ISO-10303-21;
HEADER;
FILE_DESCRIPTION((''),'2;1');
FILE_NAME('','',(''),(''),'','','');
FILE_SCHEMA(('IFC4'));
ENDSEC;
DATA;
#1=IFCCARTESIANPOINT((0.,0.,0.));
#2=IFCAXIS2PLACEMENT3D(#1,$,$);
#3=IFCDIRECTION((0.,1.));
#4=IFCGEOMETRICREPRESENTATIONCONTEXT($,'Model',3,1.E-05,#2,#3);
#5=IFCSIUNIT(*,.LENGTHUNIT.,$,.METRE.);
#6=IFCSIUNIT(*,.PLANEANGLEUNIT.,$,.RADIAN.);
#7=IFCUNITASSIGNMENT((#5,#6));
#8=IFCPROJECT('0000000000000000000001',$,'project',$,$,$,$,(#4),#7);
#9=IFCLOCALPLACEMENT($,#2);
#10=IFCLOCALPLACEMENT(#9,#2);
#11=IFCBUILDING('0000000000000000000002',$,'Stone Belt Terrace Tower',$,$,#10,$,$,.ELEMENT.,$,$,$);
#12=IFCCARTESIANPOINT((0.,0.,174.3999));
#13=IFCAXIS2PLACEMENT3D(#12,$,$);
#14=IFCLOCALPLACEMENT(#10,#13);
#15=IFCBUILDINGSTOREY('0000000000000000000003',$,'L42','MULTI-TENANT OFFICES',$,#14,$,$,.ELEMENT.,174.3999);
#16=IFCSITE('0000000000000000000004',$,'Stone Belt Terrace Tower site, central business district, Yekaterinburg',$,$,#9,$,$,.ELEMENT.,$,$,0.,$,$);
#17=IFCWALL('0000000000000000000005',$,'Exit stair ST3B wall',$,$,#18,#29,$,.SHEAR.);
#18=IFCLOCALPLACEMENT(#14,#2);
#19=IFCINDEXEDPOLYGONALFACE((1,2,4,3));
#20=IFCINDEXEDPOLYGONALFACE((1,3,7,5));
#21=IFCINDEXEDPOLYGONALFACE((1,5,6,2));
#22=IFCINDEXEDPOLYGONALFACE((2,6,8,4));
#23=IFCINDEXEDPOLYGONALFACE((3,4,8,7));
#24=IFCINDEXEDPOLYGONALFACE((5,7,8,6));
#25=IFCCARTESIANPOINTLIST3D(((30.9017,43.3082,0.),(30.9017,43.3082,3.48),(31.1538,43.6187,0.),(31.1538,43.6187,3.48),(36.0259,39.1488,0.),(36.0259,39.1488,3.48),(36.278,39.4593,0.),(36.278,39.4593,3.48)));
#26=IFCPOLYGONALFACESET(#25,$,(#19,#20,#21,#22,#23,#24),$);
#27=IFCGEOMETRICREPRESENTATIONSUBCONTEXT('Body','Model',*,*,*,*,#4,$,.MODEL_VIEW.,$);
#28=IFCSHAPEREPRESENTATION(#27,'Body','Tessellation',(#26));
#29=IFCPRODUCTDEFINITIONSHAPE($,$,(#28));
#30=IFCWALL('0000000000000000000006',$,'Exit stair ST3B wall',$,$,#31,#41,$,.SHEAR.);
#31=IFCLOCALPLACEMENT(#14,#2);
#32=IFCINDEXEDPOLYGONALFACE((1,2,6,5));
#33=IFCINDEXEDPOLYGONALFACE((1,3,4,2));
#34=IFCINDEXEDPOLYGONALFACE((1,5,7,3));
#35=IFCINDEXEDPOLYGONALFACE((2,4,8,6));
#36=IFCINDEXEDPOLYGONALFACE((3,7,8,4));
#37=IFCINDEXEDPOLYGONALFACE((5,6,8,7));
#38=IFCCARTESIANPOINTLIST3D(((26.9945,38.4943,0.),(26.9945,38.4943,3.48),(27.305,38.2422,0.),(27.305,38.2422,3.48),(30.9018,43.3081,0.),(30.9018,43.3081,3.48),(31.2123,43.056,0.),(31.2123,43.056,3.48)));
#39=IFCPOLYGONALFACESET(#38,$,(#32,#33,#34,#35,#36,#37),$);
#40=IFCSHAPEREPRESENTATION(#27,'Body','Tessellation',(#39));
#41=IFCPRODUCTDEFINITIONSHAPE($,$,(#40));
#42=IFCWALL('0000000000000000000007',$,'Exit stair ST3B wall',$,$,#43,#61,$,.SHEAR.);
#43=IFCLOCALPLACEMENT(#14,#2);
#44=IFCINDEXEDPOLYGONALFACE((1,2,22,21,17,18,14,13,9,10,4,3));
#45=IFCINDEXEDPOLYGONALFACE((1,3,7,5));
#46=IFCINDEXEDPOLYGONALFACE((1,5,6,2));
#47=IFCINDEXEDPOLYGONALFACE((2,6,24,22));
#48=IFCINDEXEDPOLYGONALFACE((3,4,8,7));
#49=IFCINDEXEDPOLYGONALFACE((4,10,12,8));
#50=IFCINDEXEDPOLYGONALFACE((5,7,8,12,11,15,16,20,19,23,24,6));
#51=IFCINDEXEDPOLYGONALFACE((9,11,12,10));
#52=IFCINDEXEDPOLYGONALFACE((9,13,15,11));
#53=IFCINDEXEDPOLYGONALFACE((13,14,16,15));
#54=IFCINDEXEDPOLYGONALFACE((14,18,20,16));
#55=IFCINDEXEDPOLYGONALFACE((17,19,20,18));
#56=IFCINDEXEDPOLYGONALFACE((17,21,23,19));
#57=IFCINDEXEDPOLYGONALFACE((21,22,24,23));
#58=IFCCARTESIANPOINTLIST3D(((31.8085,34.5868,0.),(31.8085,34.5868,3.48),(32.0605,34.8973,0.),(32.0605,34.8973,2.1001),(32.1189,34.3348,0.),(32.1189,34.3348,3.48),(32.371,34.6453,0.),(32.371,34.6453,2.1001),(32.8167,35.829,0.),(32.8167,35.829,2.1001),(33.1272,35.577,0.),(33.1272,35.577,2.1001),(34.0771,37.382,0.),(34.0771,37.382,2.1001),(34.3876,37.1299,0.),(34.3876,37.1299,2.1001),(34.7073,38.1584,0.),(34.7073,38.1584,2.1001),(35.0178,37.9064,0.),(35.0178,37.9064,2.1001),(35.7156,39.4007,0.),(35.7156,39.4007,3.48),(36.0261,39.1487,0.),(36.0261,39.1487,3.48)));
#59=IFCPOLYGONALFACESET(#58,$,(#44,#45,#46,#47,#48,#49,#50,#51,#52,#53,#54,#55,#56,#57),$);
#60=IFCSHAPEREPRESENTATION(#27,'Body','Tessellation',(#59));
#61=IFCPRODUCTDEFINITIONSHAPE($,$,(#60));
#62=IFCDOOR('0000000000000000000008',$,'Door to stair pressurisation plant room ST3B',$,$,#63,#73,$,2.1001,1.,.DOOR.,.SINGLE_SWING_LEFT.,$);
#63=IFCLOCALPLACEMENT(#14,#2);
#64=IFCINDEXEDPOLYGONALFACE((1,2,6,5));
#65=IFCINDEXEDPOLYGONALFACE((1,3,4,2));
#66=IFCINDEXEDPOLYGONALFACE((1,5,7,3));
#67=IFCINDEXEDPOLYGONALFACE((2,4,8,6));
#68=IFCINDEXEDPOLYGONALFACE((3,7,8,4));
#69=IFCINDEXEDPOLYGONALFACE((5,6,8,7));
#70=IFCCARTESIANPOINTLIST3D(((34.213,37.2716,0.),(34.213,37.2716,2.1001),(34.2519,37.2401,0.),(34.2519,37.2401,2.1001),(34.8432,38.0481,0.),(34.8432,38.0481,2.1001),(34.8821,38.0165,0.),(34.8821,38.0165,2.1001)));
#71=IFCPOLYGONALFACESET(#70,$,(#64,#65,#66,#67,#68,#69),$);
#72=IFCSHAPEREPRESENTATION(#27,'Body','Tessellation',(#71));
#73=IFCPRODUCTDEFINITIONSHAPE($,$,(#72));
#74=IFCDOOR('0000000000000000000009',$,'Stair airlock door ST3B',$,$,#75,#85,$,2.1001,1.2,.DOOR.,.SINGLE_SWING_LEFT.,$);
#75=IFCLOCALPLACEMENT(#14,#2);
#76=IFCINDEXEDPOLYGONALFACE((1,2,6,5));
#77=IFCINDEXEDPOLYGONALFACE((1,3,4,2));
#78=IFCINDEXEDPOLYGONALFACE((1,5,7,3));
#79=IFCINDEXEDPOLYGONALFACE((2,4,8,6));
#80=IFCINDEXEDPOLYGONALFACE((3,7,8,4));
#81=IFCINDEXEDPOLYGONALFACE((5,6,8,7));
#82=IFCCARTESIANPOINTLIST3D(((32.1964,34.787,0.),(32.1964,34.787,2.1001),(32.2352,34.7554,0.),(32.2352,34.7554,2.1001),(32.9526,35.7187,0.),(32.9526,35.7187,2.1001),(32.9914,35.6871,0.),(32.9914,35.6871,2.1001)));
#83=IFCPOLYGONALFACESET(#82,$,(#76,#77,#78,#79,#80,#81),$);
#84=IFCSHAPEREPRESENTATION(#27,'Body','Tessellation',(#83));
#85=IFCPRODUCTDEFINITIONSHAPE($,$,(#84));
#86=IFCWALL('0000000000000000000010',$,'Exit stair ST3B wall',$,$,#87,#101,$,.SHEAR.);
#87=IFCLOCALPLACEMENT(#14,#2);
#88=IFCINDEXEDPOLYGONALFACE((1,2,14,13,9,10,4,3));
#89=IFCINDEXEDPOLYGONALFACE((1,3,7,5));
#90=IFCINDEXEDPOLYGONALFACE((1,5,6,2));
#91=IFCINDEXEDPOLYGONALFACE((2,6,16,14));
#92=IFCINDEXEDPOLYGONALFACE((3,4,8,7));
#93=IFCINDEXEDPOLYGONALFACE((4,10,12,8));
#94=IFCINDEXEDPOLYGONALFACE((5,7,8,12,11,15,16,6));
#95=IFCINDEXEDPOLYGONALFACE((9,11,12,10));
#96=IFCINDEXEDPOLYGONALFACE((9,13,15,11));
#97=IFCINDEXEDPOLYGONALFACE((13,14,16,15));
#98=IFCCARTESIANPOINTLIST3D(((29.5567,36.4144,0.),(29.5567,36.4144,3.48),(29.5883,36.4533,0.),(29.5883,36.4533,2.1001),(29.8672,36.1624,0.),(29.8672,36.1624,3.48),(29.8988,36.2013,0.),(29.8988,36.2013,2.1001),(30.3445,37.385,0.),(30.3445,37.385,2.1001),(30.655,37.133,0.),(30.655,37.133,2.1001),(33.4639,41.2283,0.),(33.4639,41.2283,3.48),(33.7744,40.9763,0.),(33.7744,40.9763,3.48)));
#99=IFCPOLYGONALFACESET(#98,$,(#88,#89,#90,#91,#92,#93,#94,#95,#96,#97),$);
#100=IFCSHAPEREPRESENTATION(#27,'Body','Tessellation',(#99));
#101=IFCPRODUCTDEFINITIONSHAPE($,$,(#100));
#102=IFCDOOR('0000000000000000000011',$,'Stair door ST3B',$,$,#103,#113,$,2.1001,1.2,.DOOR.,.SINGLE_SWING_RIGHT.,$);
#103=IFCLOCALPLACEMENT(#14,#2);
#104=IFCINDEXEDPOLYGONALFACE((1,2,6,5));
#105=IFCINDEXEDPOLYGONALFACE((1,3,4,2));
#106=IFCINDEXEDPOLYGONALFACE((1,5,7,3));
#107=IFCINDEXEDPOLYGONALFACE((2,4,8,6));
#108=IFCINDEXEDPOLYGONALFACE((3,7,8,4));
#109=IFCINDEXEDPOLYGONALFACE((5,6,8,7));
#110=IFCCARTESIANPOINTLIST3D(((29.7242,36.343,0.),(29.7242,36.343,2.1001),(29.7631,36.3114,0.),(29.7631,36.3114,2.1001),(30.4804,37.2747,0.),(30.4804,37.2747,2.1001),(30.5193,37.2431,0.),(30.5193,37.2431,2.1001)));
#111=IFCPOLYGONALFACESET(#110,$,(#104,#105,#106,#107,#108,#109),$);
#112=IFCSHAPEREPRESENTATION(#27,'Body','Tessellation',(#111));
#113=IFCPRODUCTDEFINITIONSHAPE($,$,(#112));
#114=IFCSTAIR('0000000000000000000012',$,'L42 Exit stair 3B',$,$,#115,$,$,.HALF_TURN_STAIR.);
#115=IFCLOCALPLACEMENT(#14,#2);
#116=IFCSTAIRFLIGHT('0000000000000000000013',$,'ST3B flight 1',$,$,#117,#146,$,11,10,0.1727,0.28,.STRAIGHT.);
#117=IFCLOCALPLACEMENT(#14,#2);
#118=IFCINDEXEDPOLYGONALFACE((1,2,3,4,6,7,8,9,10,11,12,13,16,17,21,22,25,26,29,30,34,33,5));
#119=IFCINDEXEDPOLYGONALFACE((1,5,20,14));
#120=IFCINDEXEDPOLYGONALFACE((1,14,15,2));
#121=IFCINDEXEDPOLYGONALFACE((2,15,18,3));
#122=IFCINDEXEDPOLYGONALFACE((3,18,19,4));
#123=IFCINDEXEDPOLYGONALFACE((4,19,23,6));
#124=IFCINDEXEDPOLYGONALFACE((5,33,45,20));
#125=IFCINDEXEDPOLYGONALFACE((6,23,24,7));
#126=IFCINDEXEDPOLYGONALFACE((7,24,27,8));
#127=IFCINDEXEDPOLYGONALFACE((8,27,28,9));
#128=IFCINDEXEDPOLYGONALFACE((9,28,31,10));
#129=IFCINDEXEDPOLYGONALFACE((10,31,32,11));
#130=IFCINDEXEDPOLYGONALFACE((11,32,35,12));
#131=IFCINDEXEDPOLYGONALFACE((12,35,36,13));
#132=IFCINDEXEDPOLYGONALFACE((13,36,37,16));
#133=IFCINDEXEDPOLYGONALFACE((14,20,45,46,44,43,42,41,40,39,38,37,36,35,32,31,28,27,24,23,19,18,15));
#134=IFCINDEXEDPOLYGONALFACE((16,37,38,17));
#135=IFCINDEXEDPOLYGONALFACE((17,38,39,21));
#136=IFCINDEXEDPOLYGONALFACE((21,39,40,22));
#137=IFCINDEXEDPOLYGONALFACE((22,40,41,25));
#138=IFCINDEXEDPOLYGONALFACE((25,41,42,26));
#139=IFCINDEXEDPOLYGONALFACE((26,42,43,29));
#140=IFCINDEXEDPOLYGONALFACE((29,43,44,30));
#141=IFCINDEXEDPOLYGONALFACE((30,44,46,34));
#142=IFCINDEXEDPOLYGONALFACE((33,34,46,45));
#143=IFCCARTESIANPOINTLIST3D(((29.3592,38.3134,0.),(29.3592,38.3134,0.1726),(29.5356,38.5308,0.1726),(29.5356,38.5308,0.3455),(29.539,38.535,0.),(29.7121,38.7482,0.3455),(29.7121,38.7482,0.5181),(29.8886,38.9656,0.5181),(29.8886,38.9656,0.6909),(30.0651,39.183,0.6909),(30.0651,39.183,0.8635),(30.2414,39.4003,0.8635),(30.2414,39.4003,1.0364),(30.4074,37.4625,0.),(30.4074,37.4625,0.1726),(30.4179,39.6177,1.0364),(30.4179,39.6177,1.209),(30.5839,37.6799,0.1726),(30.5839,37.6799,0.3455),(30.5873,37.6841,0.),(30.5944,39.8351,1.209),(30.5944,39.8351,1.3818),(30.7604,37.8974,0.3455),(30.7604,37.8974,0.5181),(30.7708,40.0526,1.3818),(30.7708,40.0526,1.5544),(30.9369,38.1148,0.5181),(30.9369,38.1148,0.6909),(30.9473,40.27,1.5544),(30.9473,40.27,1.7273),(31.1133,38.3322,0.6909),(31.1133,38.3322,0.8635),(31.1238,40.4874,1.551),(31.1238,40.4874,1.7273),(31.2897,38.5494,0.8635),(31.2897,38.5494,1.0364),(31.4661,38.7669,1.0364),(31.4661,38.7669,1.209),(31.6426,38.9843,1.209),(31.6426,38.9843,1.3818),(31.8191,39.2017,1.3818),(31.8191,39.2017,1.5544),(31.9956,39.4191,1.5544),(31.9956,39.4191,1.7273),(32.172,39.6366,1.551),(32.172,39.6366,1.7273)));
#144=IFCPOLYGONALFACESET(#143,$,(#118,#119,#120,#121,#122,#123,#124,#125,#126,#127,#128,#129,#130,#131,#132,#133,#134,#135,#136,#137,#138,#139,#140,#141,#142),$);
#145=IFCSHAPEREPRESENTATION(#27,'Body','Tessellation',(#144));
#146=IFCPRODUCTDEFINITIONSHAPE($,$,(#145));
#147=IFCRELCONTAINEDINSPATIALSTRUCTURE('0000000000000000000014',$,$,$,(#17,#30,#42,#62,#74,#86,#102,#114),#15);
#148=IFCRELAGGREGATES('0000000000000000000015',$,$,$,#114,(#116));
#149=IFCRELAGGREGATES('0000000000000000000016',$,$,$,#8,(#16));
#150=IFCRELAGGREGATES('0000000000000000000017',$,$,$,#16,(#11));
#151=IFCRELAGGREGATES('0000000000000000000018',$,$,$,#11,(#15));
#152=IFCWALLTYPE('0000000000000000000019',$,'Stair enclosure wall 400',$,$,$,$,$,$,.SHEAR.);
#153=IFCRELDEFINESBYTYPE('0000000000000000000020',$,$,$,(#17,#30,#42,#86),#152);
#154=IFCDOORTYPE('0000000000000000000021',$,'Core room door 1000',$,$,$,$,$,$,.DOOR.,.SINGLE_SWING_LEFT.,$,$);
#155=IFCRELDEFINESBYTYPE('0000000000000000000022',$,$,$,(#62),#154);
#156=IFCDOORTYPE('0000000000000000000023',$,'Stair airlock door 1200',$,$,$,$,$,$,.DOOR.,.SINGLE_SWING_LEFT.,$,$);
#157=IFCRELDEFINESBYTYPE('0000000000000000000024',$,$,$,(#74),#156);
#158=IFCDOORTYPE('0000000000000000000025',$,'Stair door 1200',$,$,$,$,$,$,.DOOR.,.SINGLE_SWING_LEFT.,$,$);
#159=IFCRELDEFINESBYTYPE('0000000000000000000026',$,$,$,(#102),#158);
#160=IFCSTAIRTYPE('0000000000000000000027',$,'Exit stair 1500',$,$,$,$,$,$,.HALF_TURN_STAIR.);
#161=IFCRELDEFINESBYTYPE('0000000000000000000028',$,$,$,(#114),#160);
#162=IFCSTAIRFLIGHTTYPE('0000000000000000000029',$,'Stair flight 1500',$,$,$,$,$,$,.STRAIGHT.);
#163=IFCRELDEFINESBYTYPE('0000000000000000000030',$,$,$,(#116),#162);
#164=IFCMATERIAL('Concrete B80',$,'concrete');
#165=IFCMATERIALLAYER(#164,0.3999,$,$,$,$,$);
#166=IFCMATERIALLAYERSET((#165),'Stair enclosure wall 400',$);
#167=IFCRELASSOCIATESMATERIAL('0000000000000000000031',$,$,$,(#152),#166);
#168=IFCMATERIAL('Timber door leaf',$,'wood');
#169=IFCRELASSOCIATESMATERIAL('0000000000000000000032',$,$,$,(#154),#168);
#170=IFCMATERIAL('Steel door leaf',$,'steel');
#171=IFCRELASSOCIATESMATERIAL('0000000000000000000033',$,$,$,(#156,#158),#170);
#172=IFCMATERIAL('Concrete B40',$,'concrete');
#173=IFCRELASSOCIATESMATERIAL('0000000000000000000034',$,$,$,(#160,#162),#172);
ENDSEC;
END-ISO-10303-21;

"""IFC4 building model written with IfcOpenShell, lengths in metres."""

from ifc_helpers import new_model, si_unit, direction, frame, frame_2d, origin, place, context, subcontext, project, spatial, polyline, rectangle, outline, extrude, material, layer, layer_set, type_object, element, fill, aggregate, save


model = new_model("IFC4")

# Units and contexts
model_context = context("Model", 3, precision=1e-05, world=origin(), true_north=direction((0.0, 1.0)))
body_context = subcontext(model_context, "Body", "Model", "MODEL_VIEW")
ifc_project = project(units=[si_unit("LENGTHUNIT", "METRE"), si_unit("PLANEANGLEUNIT", "RADIAN")], contexts=[model_context])

# Site, building, storey
site_placement = place(None, origin())
site = spatial("IfcSite", under=ifc_project, at=site_placement, Name="Stone Belt Terrace Tower site, central business district, Yekaterinburg", CompositionType="ELEMENT", RefElevation=0.0)
building_placement = place(site_placement, origin())
building = spatial("IfcBuilding", under=site, at=building_placement, Name="Stone Belt Terrace Tower", CompositionType="ELEMENT")
storey_placement = place(building_placement, frame((0.0, 0.0, 174.3999)))
storey = spatial("IfcBuildingStorey", under=building, at=storey_placement, Name="L42", Description="MULTI-TENANT OFFICES", CompositionType="ELEMENT", Elevation=174.3999)

# Shared definitions
ifc_material_1 = material(Name="Concrete B80", Category="concrete")

# Walls
ifc_layer_1 = layer(ifc_material_1, 0.3999)
ifc_layer_set_1 = layer_set([ifc_layer_1], Name="Stair enclosure wall 400")
wall_type_1 = type_object("IfcWallType", Name="Stair enclosure wall 400", PredefinedType="SHEAR", material=ifc_layer_set_1)
wall_1_placement = place(storey_placement, frame((31.0278, 43.4634, 0.0), z_axis=(0.0, 0.0, 1.0), x_axis=(0.776414, -0.630224, 0.0)))
element("IfcWall", 1, at=wall_1_placement, inside=storey, type_object=wall_type_1, Name="Exit stair ST3B wall", PredefinedType="SHEAR", context=body_context, shape_type="SweptSolid", body=[
    extrude(rectangle(XDim=6.5999, YDim=0.3999, at=frame_2d((3.2998, 0.0))), origin(), (0.0, 0.0, 1.0), 3.48),
])
wall_2_placement = place(storey_placement, frame((27.1497, 38.3682, 0.0), z_axis=(0.0, 0.0, 1.0), x_axis=(0.630212, 0.776423, 0.0)))
element("IfcWall", 2, at=wall_2_placement, inside=storey, type_object=wall_type_1, Name="Exit stair ST3B wall", PredefinedType="SHEAR", context=body_context, shape_type="SweptSolid", body=[
    extrude(rectangle(XDim=6.2, YDim=0.3999, at=frame_2d((3.1001, 0.0))), origin(), (0.0, 0.0, 1.0), 3.48),
])

# Wall, openings, doors
wall_3_placement = place(storey_placement, frame((31.9636, 34.4607, 0.0), z_axis=(0.0, 0.0, 1.0), x_axis=(0.630192, 0.776439, 0.0)))
wall_3 = element("IfcWall", 3, at=wall_3_placement, inside=storey, type_object=wall_type_1, Name="Exit stair ST3B wall", PredefinedType="SHEAR", context=body_context, shape_type="SweptSolid", body=[
    extrude(rectangle(XDim=6.2, YDim=0.3999, at=frame_2d((3.1001, 0.0))), origin(), (0.0, 0.0, 1.0), 3.48),
])
opening_1_placement = place(wall_3_placement, frame((0.3999, 0.0, 0.0)))
opening_1 = element("IfcOpeningElement", 4, at=opening_1_placement, cuts=wall_3, PredefinedType="OPENING", context=body_context, shape_type="SweptSolid", body=[
    extrude(rectangle(XDim=1.2, YDim=2.1001, at=frame_2d((0.6001, 1.05))), frame((0.0, 0.21, 0.0), z_axis=(0.0, -1.0, 0.0), x_axis=(1.0, 0.0, 0.0)), (0.0, 0.0, 1.0), 0.4199),
])
opening_2_placement = place(wall_3_placement, frame((3.6001, 0.0, 0.0)))
opening_2 = element("IfcOpeningElement", 5, at=opening_2_placement, cuts=wall_3, PredefinedType="OPENING", context=body_context, shape_type="SweptSolid", body=[
    extrude(rectangle(XDim=1.0, YDim=2.1001, at=frame_2d((0.5, 1.05))), frame((0.0, 0.21, 0.0), z_axis=(0.0, -1.0, 0.0), x_axis=(1.0, 0.0, 0.0)), (0.0, 0.0, 1.0), 0.4199),
])
ifc_material_2 = material(Name="Timber door leaf", Category="wood")
door_type_1 = type_object("IfcDoorType", Name="Core room door 1000", OperationType="SINGLE_SWING_LEFT", PredefinedType="DOOR", material=ifc_material_2)
door_1_placement = place(opening_2_placement, origin())
door_1 = element("IfcDoor", 6, at=door_1_placement, inside=storey, type_object=door_type_1, Name="Door to stair pressurisation plant room ST3B", OperationType="SINGLE_SWING_LEFT", OverallHeight=2.1001, OverallWidth=1.0, PredefinedType="DOOR", context=body_context, shape_type="SweptSolid", body=[
    extrude(rectangle(XDim=1.0, YDim=2.1001, at=frame_2d((0.5, 1.05))), frame((0.0, 0.0249, 0.0), z_axis=(0.0, -1.0, 0.0), x_axis=(1.0, 0.0, 0.0)), (0.0, 0.0, 1.0), 0.05),
])
fill(opening_2, door_1)
ifc_material_3 = material(Name="Steel door leaf", Category="steel")
door_type_2 = type_object("IfcDoorType", Name="Stair airlock door 1200", OperationType="SINGLE_SWING_LEFT", PredefinedType="DOOR", material=ifc_material_3)
door_2_placement = place(opening_1_placement, origin())
door_2 = element("IfcDoor", 7, at=door_2_placement, inside=storey, type_object=door_type_2, Name="Stair airlock door ST3B", OperationType="SINGLE_SWING_LEFT", OverallHeight=2.1001, OverallWidth=1.2, PredefinedType="DOOR", context=body_context, shape_type="SweptSolid", body=[
    extrude(rectangle(XDim=1.2, YDim=2.1001, at=frame_2d((0.6001, 1.05))), frame((0.0, 0.0249, 0.0), z_axis=(0.0, -1.0, 0.0), x_axis=(1.0, 0.0, 0.0)), (0.0, 0.0, 1.0), 0.05),
])
fill(opening_1, door_2)

# Wall, opening, door
wall_4_placement = place(storey_placement, frame((29.7119, 36.2883, 0.0), z_axis=(0.0, 0.0, 1.0), x_axis=(0.630192, 0.776439, 0.0)))
wall_4 = element("IfcWall", 8, at=wall_4_placement, inside=storey, type_object=wall_type_1, Name="Exit stair ST3B wall", PredefinedType="SHEAR", context=body_context, shape_type="SweptSolid", body=[
    extrude(rectangle(XDim=6.2, YDim=0.3999, at=frame_2d((3.1001, 0.0))), origin(), (0.0, 0.0, 1.0), 3.48),
])
opening_3_placement = place(wall_4_placement, frame((0.05, 0.0, 0.0)))
opening_3 = element("IfcOpeningElement", 9, at=opening_3_placement, cuts=wall_4, PredefinedType="OPENING", context=body_context, shape_type="SweptSolid", body=[
    extrude(rectangle(XDim=1.2, YDim=2.1001, at=frame_2d((0.6001, 1.05))), frame((0.0, 0.21, 0.0), z_axis=(0.0, -1.0, 0.0), x_axis=(1.0, 0.0, 0.0)), (0.0, 0.0, 1.0), 0.4199),
])
door_type_3 = type_object("IfcDoorType", Name="Stair door 1200", OperationType="SINGLE_SWING_LEFT", PredefinedType="DOOR", material=ifc_material_3)
door_3_placement = place(opening_3_placement, origin())
door_3 = element("IfcDoor", 10, at=door_3_placement, inside=storey, type_object=door_type_3, Name="Stair door ST3B", OperationType="SINGLE_SWING_RIGHT", OverallHeight=2.1001, OverallWidth=1.2, PredefinedType="DOOR", context=body_context, shape_type="SweptSolid", body=[
    extrude(rectangle(XDim=1.2, YDim=2.1001, at=frame_2d((0.6001, 1.05))), frame((0.0, 0.0249, 0.0), z_axis=(0.0, -1.0, 0.0), x_axis=(1.0, 0.0, 0.0)), (0.0, 0.0, 1.0), 0.05),
])
fill(opening_3, door_3)

# Stair, stair flight
ifc_material_4 = material(Name="Concrete B40", Category="concrete")
stair_type = type_object("IfcStairType", Name="Exit stair 1500", PredefinedType="HALF_TURN_STAIR", material=ifc_material_4)
stair_placement = place(storey_placement, origin())
stair = element("IfcStair", 11, at=stair_placement, inside=storey, type_object=stair_type, Name="L42 Exit stair 3B", PredefinedType="HALF_TURN_STAIR")
stair_flight_type = type_object("IfcStairFlightType", Name="Stair flight 1500", PredefinedType="STRAIGHT", material=ifc_material_4)
stair_flight_1_placement = place(storey_placement, frame((29.8833, 37.8879, 0.0), z_axis=(0.0, 0.0, 1.0), x_axis=(0.630206, 0.776428, 0.0)))
stair_flight_1 = element("IfcStairFlight", 12, at=stair_flight_1_placement, type_object=stair_flight_type, Name="ST3B flight 1", NumberOfRisers=11, NumberOfTreads=10, PredefinedType="STRAIGHT", RiserHeight=0.1727, TreadLength=0.28, context=body_context, shape_type="SweptSolid", body=[
    extrude(outline(polyline([(0.0, 0.0), (0.0, 0.1726), (0.28, 0.1726), (0.28, 0.3455), (0.5601, 0.3455), (0.5601, 0.5181), (0.8401, 0.5181), (0.8401, 0.6909), (1.1201, 0.6909), (1.1201, 0.8635), (1.3999, 0.8635), (1.3999, 1.0364), (1.6799, 1.0364), (1.6799, 1.209), (1.96, 1.209), (1.96, 1.3818), (2.24, 1.3818), (2.24, 1.5544), (2.52, 1.5544), (2.52, 1.7273), (2.8, 1.7273), (2.8, 1.8999), (2.8, 1.551), (0.2854, 0.0), (0.0, 0.0)])), frame((0.0, 0.675, 0.0), z_axis=(0.0, -1.0, 0.0), x_axis=(1.0, 0.0, 0.0)), (0.0, 0.0, 1.0), 1.3501),
])
aggregate(stair, [stair_flight_1])

save(model, "model.ifc")
